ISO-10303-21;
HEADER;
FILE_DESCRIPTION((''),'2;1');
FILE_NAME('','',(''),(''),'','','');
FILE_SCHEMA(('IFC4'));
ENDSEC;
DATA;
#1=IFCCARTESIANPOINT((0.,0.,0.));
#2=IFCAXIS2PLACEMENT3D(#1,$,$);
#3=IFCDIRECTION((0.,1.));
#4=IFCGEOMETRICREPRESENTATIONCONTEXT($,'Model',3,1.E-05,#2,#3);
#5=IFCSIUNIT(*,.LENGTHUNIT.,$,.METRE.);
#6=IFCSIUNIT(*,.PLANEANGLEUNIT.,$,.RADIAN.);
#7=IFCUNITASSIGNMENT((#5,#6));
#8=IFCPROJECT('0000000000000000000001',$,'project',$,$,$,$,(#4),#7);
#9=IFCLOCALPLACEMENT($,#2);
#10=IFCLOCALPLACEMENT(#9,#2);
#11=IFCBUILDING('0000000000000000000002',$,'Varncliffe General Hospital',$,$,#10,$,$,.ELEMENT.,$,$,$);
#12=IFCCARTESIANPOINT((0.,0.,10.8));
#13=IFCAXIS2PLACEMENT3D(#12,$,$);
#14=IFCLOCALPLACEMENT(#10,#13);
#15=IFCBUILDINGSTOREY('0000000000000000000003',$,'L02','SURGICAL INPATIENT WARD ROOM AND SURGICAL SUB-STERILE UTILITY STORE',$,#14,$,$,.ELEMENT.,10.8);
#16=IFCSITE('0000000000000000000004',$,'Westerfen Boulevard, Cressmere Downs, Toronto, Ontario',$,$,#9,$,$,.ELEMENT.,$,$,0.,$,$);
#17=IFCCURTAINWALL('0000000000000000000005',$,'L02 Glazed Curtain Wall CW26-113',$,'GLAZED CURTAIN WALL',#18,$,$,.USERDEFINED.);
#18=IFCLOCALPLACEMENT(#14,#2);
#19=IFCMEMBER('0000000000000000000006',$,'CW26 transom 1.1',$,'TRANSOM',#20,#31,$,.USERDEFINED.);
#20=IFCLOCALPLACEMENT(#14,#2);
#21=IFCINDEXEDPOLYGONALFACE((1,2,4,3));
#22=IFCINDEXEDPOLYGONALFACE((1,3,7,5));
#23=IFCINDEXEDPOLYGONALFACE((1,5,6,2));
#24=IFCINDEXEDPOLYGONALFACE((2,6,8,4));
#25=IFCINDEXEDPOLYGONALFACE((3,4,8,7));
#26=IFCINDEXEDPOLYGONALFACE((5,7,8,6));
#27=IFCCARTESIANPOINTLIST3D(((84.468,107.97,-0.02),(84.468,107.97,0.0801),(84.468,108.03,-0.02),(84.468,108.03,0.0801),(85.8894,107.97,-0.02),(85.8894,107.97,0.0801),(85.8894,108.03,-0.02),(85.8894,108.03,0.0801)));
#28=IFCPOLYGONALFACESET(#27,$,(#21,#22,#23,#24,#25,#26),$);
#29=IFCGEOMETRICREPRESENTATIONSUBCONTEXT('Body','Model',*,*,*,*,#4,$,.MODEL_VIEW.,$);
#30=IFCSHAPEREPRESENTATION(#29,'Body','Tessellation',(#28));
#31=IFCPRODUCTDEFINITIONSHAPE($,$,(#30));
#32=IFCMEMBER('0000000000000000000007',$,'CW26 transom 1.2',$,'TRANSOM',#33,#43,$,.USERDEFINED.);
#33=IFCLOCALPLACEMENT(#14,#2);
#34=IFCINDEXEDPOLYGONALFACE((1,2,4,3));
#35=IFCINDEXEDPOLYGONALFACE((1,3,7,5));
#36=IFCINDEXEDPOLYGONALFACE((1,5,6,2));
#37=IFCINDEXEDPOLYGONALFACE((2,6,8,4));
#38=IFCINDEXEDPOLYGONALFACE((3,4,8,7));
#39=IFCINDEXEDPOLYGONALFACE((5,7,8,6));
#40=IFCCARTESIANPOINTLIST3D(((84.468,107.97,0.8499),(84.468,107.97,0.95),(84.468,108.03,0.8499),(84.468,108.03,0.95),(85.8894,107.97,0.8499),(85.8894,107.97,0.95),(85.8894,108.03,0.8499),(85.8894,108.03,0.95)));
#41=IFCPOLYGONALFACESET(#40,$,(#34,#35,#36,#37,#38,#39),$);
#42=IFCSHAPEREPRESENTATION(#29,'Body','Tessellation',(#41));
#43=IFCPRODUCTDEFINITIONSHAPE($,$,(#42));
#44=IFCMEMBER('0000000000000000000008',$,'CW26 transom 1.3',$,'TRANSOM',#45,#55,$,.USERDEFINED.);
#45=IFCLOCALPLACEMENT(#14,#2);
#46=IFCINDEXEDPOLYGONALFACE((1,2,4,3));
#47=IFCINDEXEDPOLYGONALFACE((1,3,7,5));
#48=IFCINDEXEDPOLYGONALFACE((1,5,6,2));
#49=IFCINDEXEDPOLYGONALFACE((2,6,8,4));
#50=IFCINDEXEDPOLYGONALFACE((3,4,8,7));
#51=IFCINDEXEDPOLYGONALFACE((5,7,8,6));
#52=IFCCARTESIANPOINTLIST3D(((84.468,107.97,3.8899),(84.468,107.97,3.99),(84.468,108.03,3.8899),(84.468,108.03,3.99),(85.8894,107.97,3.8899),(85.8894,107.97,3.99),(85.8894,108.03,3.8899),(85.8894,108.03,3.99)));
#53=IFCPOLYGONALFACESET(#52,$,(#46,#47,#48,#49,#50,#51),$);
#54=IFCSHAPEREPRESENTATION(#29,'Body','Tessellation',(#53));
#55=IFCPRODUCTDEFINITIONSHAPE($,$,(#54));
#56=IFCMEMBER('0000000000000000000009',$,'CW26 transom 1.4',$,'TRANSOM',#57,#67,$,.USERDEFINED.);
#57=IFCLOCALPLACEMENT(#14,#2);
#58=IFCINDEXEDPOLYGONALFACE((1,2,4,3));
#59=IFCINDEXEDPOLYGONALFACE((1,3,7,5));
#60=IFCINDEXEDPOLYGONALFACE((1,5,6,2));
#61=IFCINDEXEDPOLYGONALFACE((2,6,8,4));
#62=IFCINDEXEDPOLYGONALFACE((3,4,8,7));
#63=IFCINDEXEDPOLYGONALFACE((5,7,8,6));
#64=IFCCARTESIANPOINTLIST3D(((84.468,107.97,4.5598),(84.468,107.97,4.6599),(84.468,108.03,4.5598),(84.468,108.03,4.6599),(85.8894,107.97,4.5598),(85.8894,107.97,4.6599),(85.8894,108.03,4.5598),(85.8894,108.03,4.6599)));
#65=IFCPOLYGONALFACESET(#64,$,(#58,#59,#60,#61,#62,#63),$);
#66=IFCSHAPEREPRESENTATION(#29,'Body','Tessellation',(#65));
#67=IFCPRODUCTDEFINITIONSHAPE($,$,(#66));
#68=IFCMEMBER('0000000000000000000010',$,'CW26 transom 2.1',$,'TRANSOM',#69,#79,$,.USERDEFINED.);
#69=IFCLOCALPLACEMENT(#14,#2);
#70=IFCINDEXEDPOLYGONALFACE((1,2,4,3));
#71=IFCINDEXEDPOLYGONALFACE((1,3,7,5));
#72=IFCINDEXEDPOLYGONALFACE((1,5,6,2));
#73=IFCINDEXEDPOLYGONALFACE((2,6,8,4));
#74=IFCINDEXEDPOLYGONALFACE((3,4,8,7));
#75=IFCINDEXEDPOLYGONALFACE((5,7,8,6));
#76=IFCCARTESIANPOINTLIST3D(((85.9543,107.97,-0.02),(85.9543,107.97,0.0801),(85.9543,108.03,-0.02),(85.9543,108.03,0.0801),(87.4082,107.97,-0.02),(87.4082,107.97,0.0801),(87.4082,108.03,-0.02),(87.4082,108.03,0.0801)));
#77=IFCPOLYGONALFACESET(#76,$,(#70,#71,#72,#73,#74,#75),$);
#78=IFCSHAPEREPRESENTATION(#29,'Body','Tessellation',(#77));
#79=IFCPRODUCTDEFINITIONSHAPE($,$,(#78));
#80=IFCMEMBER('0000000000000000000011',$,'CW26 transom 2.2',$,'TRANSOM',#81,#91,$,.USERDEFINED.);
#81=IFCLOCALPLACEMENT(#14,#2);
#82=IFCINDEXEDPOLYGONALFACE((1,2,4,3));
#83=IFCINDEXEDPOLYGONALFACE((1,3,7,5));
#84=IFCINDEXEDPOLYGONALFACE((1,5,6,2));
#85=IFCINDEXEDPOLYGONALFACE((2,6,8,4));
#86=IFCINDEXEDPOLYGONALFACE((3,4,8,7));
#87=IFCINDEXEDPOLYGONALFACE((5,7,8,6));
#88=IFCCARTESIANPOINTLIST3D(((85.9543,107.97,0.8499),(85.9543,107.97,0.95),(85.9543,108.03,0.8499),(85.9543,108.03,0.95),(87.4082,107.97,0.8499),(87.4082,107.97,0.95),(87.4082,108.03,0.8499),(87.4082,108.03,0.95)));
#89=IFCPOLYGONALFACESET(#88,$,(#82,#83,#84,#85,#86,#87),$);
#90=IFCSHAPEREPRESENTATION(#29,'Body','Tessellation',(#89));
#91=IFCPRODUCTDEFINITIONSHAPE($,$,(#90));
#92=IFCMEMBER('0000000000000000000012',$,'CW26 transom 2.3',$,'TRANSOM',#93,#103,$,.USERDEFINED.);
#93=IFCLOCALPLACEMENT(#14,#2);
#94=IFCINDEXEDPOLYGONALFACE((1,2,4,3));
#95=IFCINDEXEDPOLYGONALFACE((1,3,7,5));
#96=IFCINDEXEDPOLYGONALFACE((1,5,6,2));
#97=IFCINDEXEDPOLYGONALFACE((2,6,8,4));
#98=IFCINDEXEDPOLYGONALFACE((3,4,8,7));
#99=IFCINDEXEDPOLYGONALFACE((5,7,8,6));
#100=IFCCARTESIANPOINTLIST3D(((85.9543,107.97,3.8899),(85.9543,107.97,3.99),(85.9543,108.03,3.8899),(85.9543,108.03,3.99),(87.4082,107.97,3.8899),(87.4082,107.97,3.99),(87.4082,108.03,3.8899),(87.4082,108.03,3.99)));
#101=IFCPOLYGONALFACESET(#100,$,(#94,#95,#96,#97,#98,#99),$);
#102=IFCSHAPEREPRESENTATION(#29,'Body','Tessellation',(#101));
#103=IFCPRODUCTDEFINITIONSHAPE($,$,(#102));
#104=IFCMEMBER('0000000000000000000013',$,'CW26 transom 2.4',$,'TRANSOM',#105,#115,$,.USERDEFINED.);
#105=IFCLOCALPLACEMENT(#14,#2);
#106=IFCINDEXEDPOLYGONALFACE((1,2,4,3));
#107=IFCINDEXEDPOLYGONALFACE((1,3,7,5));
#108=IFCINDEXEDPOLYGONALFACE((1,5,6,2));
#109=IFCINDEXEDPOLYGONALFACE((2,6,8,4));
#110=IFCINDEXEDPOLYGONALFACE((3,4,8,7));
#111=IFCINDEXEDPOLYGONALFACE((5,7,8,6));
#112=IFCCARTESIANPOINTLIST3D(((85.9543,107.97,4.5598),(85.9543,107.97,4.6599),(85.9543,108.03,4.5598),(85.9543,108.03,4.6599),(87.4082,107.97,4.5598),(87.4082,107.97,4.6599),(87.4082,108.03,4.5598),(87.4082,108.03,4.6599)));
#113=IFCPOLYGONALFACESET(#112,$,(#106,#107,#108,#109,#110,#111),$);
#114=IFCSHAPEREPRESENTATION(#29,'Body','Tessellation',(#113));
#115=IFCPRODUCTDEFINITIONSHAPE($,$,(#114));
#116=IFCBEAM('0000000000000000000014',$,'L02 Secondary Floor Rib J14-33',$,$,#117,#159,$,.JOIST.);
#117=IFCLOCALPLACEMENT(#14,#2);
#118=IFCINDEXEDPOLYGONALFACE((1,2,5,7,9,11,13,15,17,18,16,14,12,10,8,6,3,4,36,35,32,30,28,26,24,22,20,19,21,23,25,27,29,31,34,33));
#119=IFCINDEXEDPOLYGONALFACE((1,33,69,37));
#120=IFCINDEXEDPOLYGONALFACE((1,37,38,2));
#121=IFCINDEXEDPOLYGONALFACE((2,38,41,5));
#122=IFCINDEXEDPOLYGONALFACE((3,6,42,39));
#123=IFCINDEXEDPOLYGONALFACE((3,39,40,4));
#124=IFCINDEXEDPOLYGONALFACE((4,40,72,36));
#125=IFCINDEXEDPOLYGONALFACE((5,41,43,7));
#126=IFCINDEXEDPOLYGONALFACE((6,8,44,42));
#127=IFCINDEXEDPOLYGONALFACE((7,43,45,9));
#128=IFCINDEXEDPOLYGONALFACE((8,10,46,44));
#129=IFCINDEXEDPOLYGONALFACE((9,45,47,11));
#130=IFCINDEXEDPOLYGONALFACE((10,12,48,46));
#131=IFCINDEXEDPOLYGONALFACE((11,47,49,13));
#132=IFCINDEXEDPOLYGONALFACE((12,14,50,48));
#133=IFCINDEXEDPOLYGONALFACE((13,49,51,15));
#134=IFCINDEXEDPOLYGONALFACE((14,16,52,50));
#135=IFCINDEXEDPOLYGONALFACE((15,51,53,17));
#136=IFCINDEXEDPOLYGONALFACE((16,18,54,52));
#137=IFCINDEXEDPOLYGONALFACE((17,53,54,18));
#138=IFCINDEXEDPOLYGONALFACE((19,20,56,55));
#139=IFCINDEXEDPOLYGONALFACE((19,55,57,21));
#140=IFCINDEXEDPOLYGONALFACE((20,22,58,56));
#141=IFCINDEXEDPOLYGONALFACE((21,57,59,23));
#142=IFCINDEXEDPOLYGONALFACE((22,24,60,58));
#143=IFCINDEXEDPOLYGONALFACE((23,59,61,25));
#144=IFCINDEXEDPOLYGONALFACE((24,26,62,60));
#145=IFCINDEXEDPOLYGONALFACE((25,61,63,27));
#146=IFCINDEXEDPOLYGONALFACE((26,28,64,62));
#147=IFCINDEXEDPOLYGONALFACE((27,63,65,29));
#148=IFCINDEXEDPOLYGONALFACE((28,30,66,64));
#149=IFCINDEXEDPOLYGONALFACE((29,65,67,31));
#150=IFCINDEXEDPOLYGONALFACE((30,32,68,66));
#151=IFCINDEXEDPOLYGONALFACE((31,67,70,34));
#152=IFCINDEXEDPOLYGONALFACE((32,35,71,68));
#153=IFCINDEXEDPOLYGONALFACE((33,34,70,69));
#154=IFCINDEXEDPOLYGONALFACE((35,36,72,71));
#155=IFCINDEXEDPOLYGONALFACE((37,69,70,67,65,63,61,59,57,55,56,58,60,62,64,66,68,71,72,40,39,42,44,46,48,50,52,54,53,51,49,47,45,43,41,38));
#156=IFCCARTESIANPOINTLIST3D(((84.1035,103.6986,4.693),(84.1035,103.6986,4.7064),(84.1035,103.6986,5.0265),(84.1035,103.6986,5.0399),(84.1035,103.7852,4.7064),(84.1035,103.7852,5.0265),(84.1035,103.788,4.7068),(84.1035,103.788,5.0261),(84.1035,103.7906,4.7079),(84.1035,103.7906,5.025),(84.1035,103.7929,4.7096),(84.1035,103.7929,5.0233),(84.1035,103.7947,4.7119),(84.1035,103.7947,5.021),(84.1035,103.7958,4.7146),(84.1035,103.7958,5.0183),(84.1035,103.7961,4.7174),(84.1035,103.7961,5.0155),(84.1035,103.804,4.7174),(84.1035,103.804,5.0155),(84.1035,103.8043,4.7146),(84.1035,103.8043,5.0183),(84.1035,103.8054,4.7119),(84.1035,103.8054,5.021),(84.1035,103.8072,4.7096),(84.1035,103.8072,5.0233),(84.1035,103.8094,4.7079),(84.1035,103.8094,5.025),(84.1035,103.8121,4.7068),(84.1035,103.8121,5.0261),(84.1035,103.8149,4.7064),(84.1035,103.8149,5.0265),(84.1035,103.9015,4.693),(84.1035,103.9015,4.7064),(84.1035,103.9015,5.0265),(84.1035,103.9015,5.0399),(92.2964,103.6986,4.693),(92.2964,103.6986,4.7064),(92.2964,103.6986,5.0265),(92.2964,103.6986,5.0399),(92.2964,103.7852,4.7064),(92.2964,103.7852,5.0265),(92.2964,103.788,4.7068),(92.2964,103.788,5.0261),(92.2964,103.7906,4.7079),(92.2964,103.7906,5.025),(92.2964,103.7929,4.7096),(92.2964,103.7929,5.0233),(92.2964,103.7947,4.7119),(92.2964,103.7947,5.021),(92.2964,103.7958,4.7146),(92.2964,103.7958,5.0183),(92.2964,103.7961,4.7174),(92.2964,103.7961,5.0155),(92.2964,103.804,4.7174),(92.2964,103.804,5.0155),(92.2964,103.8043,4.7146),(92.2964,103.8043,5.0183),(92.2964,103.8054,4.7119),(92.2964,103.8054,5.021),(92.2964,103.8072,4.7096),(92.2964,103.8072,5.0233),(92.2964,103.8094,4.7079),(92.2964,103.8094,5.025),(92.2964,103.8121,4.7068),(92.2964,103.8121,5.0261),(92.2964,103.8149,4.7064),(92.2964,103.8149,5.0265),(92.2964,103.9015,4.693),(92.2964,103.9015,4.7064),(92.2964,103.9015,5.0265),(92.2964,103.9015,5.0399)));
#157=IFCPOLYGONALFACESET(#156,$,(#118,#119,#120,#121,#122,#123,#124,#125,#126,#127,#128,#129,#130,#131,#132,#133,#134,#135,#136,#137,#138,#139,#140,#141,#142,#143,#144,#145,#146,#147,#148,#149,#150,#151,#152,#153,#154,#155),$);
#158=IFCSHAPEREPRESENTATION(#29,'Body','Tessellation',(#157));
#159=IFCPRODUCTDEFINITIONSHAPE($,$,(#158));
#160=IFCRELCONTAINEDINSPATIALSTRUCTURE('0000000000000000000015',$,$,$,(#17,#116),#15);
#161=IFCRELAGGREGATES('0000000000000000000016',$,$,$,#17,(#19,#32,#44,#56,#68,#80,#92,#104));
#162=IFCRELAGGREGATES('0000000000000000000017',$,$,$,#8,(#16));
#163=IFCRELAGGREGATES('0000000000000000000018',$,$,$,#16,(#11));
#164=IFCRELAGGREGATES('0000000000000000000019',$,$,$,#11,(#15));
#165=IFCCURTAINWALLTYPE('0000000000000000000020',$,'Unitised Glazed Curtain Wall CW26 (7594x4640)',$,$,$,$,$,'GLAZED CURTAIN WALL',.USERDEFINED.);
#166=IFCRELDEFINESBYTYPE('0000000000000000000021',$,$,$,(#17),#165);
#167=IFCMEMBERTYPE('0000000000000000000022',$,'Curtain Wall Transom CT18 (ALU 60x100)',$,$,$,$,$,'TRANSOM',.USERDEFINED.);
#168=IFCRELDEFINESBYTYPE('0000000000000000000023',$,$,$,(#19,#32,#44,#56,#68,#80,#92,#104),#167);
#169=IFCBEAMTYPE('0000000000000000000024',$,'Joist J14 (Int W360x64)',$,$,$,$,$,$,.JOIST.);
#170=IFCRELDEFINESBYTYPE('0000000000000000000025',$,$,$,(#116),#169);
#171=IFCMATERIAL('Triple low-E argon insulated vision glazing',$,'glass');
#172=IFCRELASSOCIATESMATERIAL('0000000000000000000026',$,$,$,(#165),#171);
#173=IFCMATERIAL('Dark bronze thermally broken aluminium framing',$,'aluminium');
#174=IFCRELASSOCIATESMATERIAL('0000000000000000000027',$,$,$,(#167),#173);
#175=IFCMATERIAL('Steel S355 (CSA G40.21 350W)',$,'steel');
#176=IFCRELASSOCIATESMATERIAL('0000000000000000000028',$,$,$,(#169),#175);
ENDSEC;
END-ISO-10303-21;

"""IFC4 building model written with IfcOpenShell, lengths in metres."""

from ifc_helpers import new_model, si_unit, direction, frame, origin, origin_2d, place, context, subcontext, project, spatial, rectangle, i_section, extrude, material, material_profile, profile_set, type_object, element, aggregate, save


model = new_model("IFC4")

# Units and contexts
model_context = context("Model", 3, precision=1e-05, world=origin(), true_north=direction((0.0, 1.0)))
body_context = subcontext(model_context, "Body", "Model", "MODEL_VIEW")
ifc_project = project(units=[si_unit("LENGTHUNIT", "METRE"), si_unit("PLANEANGLEUNIT", "RADIAN")], contexts=[model_context])

# Site, building, storey
site_placement = place(None, origin())
site = spatial("IfcSite", under=ifc_project, at=site_placement, Name="Westerfen Boulevard, Cressmere Downs, Toronto, Ontario", CompositionType="ELEMENT", RefElevation=0.0)
building_placement = place(site_placement, origin())
building = spatial("IfcBuilding", under=site, at=building_placement, Name="Varncliffe General Hospital", CompositionType="ELEMENT")
storey_placement = place(building_placement, frame((0.0, 0.0, 10.8)))
storey = spatial("IfcBuildingStorey", under=building, at=storey_placement, Name="L02", Description="SURGICAL INPATIENT WARD ROOM AND SURGICAL SUB-STERILE UTILITY STORE", CompositionType="ELEMENT", Elevation=10.8)

# Shared definitions
ifc_material_1 = material(Name="Steel S355 (CSA G40.21 350W)", Category="steel")

# Curtain wall, members
ifc_material_2 = material(Name="Triple low-E argon insulated vision glazing", Category="glass")
curtain_wall_type = type_object("IfcCurtainWallType", Name="Unitised Glazed Curtain Wall CW26 (7594x4640)", ElementType="GLAZED CURTAIN WALL", PredefinedType="USERDEFINED", material=ifc_material_2)
curtain_wall_placement = place(storey_placement, origin())
curtain_wall = element("IfcCurtainWall", 1, at=curtain_wall_placement, inside=storey, type_object=curtain_wall_type, Name="L02 Glazed Curtain Wall CW26-113", ObjectType="GLAZED CURTAIN WALL", PredefinedType="USERDEFINED")
ifc_material_3 = material(Name="Dark bronze thermally broken aluminium framing", Category="aluminium")
ifc_material_profile_1 = material_profile(ifc_material_3, rectangle(XDim=0.0601, YDim=0.1001, at=origin_2d()), Name="ALU 60x100")
ifc_profile_set_1 = profile_set([ifc_material_profile_1], Name="Dark bronze thermally broken aluminium framing")
member_type_1 = type_object("IfcMemberType", Name="Curtain Wall Transom CT18 (ALU 60x100)", ElementType="TRANSOM", PredefinedType="USERDEFINED", material=ifc_profile_set_1)
member_1_placement = place(storey_placement, frame((84.468, 108.0, 0.03), z_axis=(1.0, 0.0, 0.0), x_axis=(0.0, 1.0, 0.0)))
member_1 = element("IfcMember", 2, at=member_1_placement, type_object=member_type_1, Name="CW26 transom 1.1", ObjectType="TRANSOM", PredefinedType="USERDEFINED", context=body_context, shape_type="SweptSolid", body=[
    extrude(rectangle(XDim=0.0601, YDim=0.1001, at=origin_2d()), origin(), (0.0, 0.0, 1.0), 1.4214),
])
member_2_placement = place(storey_placement, frame((84.468, 108.0, 0.8999), z_axis=(1.0, 0.0, 0.0), x_axis=(0.0, 1.0, 0.0)))
member_2 = element("IfcMember", 3, at=member_2_placement, type_object=member_type_1, Name="CW26 transom 1.2", ObjectType="TRANSOM", PredefinedType="USERDEFINED", context=body_context, shape_type="SweptSolid", body=[
    extrude(rectangle(XDim=0.0601, YDim=0.1001, at=origin_2d()), origin(), (0.0, 0.0, 1.0), 1.4214),
])
member_3_placement = place(storey_placement, frame((84.468, 108.0, 3.9399), z_axis=(1.0, 0.0, 0.0), x_axis=(0.0, 1.0, 0.0)))
member_3 = element("IfcMember", 4, at=member_3_placement, type_object=member_type_1, Name="CW26 transom 1.3", ObjectType="TRANSOM", PredefinedType="USERDEFINED", context=body_context, shape_type="SweptSolid", body=[
    extrude(rectangle(XDim=0.0601, YDim=0.1001, at=origin_2d()), origin(), (0.0, 0.0, 1.0), 1.4214),
])
member_4_placement = place(storey_placement, frame((84.468, 108.0, 4.6099), z_axis=(1.0, 0.0, 0.0), x_axis=(0.0, 1.0, 0.0)))
member_4 = element("IfcMember", 5, at=member_4_placement, type_object=member_type_1, Name="CW26 transom 1.4", ObjectType="TRANSOM", PredefinedType="USERDEFINED", context=body_context, shape_type="SweptSolid", body=[
    extrude(rectangle(XDim=0.0601, YDim=0.1001, at=origin_2d()), origin(), (0.0, 0.0, 1.0), 1.4214),
])
member_5_placement = place(storey_placement, frame((85.9543, 108.0, 0.03), z_axis=(1.0, 0.0, 0.0), x_axis=(0.0, 1.0, 0.0)))
member_5 = element("IfcMember", 6, at=member_5_placement, type_object=member_type_1, Name="CW26 transom 2.1", ObjectType="TRANSOM", PredefinedType="USERDEFINED", context=body_context, shape_type="SweptSolid", body=[
    extrude(rectangle(XDim=0.0601, YDim=0.1001, at=origin_2d()), origin(), (0.0, 0.0, 1.0), 1.4539),
])
member_6_placement = place(storey_placement, frame((85.9543, 108.0, 0.8999), z_axis=(1.0, 0.0, 0.0), x_axis=(0.0, 1.0, 0.0)))
member_6 = element("IfcMember", 7, at=member_6_placement, type_object=member_type_1, Name="CW26 transom 2.2", ObjectType="TRANSOM", PredefinedType="USERDEFINED", context=body_context, shape_type="SweptSolid", body=[
    extrude(rectangle(XDim=0.0601, YDim=0.1001, at=origin_2d()), origin(), (0.0, 0.0, 1.0), 1.4539),
])
member_7_placement = place(storey_placement, frame((85.9543, 108.0, 3.9399), z_axis=(1.0, 0.0, 0.0), x_axis=(0.0, 1.0, 0.0)))
member_7 = element("IfcMember", 8, at=member_7_placement, type_object=member_type_1, Name="CW26 transom 2.3", ObjectType="TRANSOM", PredefinedType="USERDEFINED", context=body_context, shape_type="SweptSolid", body=[
    extrude(rectangle(XDim=0.0601, YDim=0.1001, at=origin_2d()), origin(), (0.0, 0.0, 1.0), 1.4539),
])
member_8_placement = place(storey_placement, frame((85.9543, 108.0, 4.6099), z_axis=(1.0, 0.0, 0.0), x_axis=(0.0, 1.0, 0.0)))
member_8 = element("IfcMember", 9, at=member_8_placement, type_object=member_type_1, Name="CW26 transom 2.4", ObjectType="TRANSOM", PredefinedType="USERDEFINED", context=body_context, shape_type="SweptSolid", body=[
    extrude(rectangle(XDim=0.0601, YDim=0.1001, at=origin_2d()), origin(), (0.0, 0.0, 1.0), 1.4539),
])

# Beam
ifc_material_profile_2 = material_profile(ifc_material_1, i_section(OverallWidth=0.2029, OverallDepth=0.3469, WebThickness=0.0078, FlangeThickness=0.0134, FilletRadius=0.011, at=origin_2d()), Name="W360x64")
ifc_profile_set_2 = profile_set([ifc_material_profile_2], Name="Steel S355 (CSA G40.21 350W)")
beam_type_1 = type_object("IfcBeamType", Name="Joist J14 (Int W360x64)", PredefinedType="JOIST", material=ifc_profile_set_2)
beam_1_placement = place(storey_placement, frame((84.1035, 103.8, 4.8665), z_axis=(1.0, 0.0, 0.0), x_axis=(0.0, 1.0, 0.0)))
element("IfcBeam", 10, at=beam_1_placement, inside=storey, type_object=beam_type_1, Name="L02 Secondary Floor Rib J14-33", PredefinedType="JOIST", context=body_context, shape_type="SweptSolid", body=[
    extrude(i_section(OverallWidth=0.2029, OverallDepth=0.3469, WebThickness=0.0078, FlangeThickness=0.0134, FilletRadius=0.011, at=origin_2d()), origin(), (0.0, 0.0, 1.0), 8.1929),
])

aggregate(curtain_wall, [member_1, member_2, member_3, member_4, member_5, member_6, member_7, member_8])

save(model, "model.ifc")
